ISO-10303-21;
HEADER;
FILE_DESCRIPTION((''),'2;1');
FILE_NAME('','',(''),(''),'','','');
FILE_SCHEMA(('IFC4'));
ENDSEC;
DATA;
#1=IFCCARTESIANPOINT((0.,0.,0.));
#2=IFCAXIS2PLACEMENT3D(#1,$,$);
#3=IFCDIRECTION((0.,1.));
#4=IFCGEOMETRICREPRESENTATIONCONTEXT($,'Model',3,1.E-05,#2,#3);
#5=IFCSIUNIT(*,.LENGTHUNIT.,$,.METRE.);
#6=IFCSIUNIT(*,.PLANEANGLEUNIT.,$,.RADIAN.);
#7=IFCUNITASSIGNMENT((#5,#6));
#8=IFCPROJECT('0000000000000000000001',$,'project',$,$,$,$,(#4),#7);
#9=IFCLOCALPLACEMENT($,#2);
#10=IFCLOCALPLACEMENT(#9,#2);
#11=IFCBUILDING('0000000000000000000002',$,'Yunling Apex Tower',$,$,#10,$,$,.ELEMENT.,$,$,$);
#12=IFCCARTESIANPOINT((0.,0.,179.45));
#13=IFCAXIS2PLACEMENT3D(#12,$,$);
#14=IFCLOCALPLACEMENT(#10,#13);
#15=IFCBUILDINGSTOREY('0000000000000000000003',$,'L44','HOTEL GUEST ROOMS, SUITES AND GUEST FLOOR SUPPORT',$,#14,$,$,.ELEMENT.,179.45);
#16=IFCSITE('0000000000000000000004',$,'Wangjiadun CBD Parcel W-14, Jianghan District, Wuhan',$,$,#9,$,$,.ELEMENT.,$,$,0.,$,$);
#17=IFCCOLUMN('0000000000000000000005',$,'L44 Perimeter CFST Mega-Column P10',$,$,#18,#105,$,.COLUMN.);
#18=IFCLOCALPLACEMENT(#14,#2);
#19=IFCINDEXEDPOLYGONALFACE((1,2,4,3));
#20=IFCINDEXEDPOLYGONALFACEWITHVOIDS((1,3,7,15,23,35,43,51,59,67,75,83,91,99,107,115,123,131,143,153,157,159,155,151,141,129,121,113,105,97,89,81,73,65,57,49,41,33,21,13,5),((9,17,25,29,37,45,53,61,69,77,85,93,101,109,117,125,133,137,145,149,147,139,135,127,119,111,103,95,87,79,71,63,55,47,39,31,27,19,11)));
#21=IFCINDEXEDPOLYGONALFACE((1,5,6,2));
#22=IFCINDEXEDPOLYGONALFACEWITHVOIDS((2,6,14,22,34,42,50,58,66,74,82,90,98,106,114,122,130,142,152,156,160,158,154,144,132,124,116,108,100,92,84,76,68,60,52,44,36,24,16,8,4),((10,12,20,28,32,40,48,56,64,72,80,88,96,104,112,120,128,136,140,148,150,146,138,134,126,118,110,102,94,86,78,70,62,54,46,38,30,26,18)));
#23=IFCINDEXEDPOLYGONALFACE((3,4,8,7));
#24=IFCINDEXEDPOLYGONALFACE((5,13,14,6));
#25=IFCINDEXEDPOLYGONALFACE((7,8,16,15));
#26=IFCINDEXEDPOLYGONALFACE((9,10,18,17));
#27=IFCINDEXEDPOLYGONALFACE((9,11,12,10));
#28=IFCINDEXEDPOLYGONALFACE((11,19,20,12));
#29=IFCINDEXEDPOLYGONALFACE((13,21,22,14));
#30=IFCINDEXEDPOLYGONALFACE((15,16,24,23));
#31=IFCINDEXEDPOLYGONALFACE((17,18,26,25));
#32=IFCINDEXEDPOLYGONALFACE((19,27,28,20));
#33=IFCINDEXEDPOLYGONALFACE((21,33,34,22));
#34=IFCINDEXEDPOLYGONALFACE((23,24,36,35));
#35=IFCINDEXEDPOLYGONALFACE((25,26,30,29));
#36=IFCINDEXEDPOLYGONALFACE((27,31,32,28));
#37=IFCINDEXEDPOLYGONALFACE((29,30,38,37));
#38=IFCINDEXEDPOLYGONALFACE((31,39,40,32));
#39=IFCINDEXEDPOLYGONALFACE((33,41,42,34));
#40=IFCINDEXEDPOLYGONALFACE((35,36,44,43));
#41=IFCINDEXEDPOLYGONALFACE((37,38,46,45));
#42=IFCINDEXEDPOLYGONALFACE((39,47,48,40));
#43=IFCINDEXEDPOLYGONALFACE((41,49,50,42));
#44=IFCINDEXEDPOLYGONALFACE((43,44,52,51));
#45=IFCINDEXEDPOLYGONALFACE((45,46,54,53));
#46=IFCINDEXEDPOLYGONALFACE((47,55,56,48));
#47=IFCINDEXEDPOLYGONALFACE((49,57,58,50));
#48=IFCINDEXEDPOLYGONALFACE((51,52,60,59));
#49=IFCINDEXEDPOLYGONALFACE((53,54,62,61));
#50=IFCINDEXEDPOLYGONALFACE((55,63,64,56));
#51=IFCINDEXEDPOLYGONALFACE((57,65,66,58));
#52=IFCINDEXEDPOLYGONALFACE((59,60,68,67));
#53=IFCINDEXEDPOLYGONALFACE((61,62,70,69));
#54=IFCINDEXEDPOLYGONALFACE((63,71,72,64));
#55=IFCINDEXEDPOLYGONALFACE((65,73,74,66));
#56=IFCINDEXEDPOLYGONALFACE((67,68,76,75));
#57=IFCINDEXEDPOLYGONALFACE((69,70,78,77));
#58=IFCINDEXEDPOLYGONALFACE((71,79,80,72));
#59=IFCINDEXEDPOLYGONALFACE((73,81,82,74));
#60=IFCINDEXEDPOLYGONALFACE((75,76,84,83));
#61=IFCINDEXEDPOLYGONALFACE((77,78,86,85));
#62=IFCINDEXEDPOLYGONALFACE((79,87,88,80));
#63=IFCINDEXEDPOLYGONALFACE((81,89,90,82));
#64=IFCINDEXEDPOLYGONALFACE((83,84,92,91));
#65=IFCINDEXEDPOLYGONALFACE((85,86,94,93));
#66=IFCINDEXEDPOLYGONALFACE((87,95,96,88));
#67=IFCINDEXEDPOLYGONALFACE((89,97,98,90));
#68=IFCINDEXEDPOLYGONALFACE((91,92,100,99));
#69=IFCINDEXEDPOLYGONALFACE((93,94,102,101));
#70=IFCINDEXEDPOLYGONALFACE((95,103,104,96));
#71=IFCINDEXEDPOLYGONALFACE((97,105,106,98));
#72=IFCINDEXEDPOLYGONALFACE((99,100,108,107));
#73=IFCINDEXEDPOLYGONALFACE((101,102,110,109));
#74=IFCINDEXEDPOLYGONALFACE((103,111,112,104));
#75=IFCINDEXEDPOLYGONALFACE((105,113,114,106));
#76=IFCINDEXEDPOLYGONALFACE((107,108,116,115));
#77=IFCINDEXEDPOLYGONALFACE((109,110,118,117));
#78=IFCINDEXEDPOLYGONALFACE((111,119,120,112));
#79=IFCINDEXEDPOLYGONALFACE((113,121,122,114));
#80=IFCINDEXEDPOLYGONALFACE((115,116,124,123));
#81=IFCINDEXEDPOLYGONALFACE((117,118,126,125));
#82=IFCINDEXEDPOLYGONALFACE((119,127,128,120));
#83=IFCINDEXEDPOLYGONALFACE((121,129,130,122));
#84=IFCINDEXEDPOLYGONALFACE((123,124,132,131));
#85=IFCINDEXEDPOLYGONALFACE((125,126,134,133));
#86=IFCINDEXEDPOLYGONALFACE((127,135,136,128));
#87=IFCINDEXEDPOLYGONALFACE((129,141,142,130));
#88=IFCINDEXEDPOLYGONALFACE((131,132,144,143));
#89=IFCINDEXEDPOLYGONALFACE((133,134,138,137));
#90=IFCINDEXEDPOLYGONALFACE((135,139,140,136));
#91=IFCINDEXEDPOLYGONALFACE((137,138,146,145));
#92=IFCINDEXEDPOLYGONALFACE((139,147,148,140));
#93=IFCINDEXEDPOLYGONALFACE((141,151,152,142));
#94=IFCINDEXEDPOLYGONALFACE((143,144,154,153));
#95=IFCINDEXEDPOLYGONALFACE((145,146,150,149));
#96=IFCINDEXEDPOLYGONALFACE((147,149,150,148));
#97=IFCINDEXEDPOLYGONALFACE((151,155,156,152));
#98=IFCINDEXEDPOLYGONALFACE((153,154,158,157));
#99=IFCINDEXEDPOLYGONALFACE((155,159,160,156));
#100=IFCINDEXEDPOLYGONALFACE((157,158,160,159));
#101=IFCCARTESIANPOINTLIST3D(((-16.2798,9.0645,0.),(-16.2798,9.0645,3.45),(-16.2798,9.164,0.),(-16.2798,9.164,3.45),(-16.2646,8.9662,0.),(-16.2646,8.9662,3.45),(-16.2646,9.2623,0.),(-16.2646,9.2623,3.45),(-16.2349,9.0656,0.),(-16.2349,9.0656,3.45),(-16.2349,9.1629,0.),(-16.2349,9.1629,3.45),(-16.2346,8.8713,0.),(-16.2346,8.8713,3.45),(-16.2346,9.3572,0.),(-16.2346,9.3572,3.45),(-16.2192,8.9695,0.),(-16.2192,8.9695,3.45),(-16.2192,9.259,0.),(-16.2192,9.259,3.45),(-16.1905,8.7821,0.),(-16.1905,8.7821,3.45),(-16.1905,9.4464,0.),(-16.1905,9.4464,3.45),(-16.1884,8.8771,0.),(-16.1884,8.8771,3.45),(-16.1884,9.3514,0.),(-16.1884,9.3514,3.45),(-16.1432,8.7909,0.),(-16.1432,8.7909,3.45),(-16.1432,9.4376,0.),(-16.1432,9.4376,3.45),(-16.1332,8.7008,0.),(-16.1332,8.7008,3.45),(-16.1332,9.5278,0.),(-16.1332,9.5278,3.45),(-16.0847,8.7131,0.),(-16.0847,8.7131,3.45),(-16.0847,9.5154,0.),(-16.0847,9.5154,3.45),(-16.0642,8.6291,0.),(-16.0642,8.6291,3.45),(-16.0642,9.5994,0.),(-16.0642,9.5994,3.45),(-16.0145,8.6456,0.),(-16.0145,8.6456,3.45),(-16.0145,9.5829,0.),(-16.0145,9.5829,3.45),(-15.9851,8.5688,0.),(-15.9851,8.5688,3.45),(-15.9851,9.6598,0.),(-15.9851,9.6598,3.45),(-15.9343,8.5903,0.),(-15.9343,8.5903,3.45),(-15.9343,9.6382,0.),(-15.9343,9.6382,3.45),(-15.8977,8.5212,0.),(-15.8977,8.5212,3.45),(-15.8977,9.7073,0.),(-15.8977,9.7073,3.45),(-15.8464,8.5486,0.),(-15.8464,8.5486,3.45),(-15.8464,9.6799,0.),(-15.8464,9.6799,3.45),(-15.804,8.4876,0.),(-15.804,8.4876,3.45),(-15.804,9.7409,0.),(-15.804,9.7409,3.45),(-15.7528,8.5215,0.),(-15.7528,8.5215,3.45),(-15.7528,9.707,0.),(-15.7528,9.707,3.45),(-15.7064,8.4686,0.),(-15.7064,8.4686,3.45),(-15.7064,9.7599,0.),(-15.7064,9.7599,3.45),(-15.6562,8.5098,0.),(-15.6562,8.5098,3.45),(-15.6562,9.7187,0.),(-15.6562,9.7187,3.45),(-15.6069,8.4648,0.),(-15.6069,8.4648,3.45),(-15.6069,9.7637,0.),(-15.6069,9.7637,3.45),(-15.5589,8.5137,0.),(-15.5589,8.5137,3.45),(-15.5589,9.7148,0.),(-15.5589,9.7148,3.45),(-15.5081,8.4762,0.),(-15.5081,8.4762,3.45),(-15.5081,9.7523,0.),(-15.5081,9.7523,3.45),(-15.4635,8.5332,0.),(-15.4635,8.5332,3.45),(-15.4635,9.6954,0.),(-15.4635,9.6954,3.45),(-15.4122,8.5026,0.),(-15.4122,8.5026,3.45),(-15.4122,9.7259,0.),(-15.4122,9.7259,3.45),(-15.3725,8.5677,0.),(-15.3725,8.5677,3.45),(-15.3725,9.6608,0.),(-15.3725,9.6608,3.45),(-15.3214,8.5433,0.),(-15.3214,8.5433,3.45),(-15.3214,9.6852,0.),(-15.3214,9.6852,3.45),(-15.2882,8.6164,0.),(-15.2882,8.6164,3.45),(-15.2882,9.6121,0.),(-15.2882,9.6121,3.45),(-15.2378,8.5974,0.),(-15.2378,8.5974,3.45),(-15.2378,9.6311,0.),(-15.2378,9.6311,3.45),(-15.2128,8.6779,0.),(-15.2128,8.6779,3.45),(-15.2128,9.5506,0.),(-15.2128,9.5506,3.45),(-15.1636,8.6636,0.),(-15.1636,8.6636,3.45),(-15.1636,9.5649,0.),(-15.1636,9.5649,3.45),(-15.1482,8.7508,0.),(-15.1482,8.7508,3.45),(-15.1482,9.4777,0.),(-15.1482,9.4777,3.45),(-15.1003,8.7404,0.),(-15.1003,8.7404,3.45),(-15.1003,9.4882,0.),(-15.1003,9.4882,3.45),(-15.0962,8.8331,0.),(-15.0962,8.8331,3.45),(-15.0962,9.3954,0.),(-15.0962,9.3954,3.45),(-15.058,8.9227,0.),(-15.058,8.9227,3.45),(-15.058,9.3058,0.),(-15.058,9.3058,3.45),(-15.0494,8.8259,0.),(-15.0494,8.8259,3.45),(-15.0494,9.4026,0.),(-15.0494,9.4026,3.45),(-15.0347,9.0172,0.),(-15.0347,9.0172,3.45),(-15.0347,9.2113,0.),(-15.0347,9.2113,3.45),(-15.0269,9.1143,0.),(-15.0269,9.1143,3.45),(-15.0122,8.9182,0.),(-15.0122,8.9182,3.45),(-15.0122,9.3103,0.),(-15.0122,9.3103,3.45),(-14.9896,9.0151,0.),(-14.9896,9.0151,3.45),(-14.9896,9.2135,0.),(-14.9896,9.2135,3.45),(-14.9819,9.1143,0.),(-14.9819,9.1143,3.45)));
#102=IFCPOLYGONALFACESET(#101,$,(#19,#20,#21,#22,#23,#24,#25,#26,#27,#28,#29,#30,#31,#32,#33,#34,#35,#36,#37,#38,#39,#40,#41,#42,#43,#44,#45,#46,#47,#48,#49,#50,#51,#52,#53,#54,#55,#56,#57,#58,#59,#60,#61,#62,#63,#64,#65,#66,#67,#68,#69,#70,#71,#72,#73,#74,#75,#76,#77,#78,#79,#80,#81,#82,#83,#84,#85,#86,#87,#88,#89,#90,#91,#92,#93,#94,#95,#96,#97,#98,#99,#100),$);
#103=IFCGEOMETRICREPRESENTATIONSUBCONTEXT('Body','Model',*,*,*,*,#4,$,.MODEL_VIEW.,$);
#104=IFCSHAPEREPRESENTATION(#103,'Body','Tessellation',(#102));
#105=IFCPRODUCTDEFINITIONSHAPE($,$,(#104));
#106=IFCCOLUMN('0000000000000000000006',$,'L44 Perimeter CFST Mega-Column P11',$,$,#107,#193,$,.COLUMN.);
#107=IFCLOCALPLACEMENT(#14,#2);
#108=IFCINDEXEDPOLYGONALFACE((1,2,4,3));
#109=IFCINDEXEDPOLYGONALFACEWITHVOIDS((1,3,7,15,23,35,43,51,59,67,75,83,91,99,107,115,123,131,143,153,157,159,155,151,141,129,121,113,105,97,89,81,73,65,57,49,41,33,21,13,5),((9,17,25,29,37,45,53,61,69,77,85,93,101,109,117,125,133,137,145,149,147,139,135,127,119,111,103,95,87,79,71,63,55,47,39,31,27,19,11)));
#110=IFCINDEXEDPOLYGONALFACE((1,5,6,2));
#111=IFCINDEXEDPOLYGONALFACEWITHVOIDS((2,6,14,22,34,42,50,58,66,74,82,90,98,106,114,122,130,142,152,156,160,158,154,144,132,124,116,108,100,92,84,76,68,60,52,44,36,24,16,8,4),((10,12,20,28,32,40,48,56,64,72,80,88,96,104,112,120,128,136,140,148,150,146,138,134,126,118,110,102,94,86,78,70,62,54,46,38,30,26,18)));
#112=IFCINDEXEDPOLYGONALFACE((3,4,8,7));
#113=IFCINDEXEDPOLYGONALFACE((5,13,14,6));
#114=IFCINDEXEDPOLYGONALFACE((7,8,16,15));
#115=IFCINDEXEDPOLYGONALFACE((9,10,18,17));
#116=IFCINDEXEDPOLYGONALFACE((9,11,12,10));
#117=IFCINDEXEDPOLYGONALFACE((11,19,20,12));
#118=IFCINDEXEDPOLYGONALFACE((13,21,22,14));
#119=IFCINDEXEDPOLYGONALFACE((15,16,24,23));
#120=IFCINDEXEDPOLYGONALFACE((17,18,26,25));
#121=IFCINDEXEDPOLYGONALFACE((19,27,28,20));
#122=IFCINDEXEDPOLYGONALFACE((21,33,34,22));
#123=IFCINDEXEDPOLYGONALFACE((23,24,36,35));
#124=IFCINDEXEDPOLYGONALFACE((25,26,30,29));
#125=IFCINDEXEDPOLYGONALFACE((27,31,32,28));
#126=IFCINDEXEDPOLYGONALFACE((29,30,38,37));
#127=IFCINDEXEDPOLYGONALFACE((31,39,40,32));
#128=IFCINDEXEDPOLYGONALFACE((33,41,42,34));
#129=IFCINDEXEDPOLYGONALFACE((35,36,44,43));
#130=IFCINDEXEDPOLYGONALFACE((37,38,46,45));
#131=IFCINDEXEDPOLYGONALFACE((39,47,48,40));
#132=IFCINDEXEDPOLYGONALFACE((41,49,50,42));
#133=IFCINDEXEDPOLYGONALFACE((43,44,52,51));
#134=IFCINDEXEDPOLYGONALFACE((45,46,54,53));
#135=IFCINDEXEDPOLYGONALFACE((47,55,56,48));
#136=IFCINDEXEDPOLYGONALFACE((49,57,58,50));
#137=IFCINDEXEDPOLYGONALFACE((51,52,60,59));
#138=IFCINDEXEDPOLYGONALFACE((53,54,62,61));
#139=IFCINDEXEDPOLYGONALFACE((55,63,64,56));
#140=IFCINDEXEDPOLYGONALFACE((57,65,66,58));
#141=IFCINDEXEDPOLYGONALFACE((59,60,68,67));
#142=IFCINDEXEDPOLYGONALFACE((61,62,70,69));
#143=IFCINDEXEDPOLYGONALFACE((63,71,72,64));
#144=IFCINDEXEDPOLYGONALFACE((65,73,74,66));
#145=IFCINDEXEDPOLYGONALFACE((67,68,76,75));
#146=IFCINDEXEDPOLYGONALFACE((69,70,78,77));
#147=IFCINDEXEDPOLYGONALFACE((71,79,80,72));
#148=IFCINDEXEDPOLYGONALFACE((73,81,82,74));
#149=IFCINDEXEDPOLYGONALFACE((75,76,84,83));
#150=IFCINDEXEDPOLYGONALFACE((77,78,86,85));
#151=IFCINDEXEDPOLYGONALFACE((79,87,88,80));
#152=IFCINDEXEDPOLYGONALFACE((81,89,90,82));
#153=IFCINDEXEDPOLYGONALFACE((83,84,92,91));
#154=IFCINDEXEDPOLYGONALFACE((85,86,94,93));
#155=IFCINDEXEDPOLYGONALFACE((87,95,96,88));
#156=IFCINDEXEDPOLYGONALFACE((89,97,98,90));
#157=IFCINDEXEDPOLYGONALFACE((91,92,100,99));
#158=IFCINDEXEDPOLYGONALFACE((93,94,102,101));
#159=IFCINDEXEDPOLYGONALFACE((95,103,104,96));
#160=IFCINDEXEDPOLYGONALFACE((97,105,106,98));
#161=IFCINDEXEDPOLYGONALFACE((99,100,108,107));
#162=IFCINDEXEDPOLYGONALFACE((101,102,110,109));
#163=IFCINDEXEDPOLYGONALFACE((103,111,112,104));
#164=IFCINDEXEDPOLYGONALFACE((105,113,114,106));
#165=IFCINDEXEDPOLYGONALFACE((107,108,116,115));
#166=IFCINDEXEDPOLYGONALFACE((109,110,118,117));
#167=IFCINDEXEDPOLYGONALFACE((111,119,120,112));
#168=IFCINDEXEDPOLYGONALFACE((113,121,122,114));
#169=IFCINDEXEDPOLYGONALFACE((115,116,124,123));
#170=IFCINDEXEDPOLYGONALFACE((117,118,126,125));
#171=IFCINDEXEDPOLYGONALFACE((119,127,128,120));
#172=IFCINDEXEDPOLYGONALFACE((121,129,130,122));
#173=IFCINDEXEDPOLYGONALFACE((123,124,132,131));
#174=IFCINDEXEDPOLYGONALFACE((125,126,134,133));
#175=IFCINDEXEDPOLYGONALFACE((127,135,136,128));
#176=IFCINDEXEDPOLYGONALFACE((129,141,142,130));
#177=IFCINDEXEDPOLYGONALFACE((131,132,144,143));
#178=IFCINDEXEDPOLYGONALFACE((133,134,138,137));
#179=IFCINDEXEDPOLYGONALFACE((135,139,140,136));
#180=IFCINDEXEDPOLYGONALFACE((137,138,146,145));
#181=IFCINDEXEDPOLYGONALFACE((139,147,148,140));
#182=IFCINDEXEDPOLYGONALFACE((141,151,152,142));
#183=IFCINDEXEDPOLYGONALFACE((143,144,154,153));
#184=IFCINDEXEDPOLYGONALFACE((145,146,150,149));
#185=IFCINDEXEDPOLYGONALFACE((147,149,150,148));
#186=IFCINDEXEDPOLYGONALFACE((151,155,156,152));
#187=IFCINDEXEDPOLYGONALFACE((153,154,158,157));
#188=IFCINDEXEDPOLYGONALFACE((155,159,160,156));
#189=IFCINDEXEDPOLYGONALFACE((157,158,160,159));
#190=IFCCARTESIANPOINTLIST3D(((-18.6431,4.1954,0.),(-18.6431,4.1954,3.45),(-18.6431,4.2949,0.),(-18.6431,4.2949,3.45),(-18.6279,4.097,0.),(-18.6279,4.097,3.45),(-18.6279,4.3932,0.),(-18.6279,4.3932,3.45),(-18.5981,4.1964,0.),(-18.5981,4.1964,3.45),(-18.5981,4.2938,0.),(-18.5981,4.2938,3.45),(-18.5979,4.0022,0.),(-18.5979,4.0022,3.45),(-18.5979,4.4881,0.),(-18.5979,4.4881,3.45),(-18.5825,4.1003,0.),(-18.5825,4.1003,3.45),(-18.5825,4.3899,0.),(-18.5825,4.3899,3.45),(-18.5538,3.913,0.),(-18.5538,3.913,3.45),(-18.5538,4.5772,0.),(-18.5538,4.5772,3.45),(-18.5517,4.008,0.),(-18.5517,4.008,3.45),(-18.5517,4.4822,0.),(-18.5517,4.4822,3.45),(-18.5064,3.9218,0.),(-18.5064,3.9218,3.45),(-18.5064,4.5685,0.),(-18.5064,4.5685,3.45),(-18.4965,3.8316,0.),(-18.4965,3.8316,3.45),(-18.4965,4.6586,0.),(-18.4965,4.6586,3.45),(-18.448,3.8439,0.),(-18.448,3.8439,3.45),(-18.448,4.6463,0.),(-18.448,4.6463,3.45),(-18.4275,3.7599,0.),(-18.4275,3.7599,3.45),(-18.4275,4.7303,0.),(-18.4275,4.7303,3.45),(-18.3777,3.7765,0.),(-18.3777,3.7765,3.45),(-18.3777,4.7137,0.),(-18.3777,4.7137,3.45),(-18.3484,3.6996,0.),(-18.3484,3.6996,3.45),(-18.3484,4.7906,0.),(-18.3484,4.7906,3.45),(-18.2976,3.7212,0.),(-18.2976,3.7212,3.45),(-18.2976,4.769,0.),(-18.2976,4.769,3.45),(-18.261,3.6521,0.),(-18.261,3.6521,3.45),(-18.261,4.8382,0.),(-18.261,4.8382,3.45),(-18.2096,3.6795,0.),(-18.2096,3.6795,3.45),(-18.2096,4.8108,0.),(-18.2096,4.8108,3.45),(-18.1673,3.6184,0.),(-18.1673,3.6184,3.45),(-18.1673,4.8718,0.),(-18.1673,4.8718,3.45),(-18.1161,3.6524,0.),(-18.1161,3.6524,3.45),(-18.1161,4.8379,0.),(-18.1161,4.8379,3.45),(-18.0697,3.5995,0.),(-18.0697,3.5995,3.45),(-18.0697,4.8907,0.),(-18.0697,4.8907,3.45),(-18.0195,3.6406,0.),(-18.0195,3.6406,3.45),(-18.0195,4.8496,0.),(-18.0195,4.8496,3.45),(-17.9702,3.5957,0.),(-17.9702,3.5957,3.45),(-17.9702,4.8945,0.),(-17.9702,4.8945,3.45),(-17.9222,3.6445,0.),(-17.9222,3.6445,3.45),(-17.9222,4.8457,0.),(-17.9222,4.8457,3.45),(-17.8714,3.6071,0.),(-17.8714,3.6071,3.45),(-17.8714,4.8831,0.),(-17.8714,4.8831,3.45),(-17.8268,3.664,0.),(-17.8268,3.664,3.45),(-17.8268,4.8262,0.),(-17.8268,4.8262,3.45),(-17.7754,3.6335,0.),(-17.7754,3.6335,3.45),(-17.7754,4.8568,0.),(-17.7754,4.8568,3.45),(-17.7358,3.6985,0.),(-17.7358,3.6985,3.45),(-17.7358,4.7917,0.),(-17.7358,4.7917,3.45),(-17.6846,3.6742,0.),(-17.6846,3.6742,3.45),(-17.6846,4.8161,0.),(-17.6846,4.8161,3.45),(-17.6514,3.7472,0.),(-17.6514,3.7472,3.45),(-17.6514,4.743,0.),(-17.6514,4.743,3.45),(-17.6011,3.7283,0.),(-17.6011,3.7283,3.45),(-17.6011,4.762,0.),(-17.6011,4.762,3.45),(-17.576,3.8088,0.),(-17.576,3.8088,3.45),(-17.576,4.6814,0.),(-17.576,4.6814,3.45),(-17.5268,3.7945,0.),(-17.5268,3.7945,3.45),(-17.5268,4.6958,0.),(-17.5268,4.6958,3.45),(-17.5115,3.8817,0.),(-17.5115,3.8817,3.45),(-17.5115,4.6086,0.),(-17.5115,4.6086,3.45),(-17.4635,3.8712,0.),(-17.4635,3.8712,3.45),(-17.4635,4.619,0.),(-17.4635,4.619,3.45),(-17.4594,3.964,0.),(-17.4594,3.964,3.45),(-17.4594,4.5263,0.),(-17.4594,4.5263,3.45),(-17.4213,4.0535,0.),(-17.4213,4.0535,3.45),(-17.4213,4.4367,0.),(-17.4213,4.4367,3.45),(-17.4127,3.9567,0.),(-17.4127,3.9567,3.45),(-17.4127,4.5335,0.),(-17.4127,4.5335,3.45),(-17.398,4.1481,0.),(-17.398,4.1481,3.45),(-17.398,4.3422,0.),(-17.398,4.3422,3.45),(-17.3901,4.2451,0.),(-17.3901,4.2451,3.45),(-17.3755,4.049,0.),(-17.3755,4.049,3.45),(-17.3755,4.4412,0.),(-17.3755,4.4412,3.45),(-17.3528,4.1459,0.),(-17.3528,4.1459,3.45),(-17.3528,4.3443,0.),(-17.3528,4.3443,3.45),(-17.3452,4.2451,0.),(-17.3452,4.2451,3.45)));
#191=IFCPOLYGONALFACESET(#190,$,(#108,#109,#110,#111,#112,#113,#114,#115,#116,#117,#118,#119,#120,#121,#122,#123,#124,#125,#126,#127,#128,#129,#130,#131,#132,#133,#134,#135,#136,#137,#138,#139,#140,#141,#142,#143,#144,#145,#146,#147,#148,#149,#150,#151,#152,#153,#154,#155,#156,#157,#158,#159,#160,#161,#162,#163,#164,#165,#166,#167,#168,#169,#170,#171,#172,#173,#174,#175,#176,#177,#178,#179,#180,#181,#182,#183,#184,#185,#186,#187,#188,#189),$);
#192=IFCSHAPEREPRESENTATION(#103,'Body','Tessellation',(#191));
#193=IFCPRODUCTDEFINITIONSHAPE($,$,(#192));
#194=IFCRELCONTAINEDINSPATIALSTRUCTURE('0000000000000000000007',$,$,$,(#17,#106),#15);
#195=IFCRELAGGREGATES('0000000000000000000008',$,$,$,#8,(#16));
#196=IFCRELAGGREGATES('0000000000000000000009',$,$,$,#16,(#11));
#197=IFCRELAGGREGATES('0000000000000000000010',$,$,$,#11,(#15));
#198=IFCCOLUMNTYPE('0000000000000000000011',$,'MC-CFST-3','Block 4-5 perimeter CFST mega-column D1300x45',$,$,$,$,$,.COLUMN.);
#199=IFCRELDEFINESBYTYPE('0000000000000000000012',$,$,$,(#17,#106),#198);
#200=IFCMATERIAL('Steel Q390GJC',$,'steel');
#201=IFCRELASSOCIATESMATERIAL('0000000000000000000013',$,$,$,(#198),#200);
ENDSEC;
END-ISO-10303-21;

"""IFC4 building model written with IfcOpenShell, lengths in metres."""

from ifc_helpers import new_model, si_unit, direction, frame, origin, origin_2d, place, context, subcontext, project, spatial, hollow_circle, extrude, source, transform, mapped, material, material_profile, profile_set, type_object, element, save


model = new_model("IFC4")

# Units and contexts
model_context = context("Model", 3, precision=1e-05, world=origin(), true_north=direction((0.0, 1.0)))
body_context = subcontext(model_context, "Body", "Model", "MODEL_VIEW")
ifc_project = project(units=[si_unit("LENGTHUNIT", "METRE"), si_unit("PLANEANGLEUNIT", "RADIAN")], contexts=[model_context])

# Site, building, storey
site_placement = place(None, origin())
site = spatial("IfcSite", under=ifc_project, at=site_placement, Name="Wangjiadun CBD Parcel W-14, Jianghan District, Wuhan", CompositionType="ELEMENT", RefElevation=0.0)
building_placement = place(site_placement, origin())
building = spatial("IfcBuilding", under=site, at=building_placement, Name="Yunling Apex Tower", CompositionType="ELEMENT")
storey_placement = place(building_placement, frame((0.0, 0.0, 179.45)))
storey = spatial("IfcBuildingStorey", under=building, at=storey_placement, Name="L44", Description="HOTEL GUEST ROOMS, SUITES AND GUEST FLOOR SUPPORT", CompositionType="ELEMENT", Elevation=179.45)

# Columns
ifc_material_1 = material(Name="Steel Q390GJC", Category="steel")
ifc_material_profile_1 = material_profile(ifc_material_1, hollow_circle(Radius=0.6499, WallThickness=0.0449, at=origin_2d()))
ifc_profile_set_1 = profile_set([ifc_material_profile_1], Name="Steel Q390GJC")
column_type = type_object("IfcColumnType", Name="MC-CFST-3", Description="Block 4-5 perimeter CFST mega-column D1300x45", PredefinedType="COLUMN", material=ifc_profile_set_1)
shared_shape_1 = source(origin(), body_context, "Body", "SweptSolid", [
    extrude(hollow_circle(Radius=0.6499, WallThickness=0.0449, at=origin_2d()), origin(), (0.0, 0.0, 1.0), 3.45),
])
for number, where, z_axis, x_axis, name in (
    (1, (-15.6318, 9.1143, 0.0), (0.0, 0.0, 1.0), (1.0, 0.0, 0.0), "L44 Perimeter CFST Mega-Column P10"),
    (2, (-17.9951, 4.2451, 0.0), (0.0, 0.0, 1.0), (1.0, 0.0, 0.0), "L44 Perimeter CFST Mega-Column P11"),
):
    element("IfcColumn", number, at=place(storey_placement, frame(where, z_axis=z_axis, x_axis=x_axis)), inside=storey, type_object=column_type, Name=name, PredefinedType="COLUMN", context=body_context, shape_type="MappedRepresentation", body=[
        mapped(shared_shape_1, transform((0.0, 0.0, 0.0), scale=1.0)),
    ])

save(model, "model.ifc")
